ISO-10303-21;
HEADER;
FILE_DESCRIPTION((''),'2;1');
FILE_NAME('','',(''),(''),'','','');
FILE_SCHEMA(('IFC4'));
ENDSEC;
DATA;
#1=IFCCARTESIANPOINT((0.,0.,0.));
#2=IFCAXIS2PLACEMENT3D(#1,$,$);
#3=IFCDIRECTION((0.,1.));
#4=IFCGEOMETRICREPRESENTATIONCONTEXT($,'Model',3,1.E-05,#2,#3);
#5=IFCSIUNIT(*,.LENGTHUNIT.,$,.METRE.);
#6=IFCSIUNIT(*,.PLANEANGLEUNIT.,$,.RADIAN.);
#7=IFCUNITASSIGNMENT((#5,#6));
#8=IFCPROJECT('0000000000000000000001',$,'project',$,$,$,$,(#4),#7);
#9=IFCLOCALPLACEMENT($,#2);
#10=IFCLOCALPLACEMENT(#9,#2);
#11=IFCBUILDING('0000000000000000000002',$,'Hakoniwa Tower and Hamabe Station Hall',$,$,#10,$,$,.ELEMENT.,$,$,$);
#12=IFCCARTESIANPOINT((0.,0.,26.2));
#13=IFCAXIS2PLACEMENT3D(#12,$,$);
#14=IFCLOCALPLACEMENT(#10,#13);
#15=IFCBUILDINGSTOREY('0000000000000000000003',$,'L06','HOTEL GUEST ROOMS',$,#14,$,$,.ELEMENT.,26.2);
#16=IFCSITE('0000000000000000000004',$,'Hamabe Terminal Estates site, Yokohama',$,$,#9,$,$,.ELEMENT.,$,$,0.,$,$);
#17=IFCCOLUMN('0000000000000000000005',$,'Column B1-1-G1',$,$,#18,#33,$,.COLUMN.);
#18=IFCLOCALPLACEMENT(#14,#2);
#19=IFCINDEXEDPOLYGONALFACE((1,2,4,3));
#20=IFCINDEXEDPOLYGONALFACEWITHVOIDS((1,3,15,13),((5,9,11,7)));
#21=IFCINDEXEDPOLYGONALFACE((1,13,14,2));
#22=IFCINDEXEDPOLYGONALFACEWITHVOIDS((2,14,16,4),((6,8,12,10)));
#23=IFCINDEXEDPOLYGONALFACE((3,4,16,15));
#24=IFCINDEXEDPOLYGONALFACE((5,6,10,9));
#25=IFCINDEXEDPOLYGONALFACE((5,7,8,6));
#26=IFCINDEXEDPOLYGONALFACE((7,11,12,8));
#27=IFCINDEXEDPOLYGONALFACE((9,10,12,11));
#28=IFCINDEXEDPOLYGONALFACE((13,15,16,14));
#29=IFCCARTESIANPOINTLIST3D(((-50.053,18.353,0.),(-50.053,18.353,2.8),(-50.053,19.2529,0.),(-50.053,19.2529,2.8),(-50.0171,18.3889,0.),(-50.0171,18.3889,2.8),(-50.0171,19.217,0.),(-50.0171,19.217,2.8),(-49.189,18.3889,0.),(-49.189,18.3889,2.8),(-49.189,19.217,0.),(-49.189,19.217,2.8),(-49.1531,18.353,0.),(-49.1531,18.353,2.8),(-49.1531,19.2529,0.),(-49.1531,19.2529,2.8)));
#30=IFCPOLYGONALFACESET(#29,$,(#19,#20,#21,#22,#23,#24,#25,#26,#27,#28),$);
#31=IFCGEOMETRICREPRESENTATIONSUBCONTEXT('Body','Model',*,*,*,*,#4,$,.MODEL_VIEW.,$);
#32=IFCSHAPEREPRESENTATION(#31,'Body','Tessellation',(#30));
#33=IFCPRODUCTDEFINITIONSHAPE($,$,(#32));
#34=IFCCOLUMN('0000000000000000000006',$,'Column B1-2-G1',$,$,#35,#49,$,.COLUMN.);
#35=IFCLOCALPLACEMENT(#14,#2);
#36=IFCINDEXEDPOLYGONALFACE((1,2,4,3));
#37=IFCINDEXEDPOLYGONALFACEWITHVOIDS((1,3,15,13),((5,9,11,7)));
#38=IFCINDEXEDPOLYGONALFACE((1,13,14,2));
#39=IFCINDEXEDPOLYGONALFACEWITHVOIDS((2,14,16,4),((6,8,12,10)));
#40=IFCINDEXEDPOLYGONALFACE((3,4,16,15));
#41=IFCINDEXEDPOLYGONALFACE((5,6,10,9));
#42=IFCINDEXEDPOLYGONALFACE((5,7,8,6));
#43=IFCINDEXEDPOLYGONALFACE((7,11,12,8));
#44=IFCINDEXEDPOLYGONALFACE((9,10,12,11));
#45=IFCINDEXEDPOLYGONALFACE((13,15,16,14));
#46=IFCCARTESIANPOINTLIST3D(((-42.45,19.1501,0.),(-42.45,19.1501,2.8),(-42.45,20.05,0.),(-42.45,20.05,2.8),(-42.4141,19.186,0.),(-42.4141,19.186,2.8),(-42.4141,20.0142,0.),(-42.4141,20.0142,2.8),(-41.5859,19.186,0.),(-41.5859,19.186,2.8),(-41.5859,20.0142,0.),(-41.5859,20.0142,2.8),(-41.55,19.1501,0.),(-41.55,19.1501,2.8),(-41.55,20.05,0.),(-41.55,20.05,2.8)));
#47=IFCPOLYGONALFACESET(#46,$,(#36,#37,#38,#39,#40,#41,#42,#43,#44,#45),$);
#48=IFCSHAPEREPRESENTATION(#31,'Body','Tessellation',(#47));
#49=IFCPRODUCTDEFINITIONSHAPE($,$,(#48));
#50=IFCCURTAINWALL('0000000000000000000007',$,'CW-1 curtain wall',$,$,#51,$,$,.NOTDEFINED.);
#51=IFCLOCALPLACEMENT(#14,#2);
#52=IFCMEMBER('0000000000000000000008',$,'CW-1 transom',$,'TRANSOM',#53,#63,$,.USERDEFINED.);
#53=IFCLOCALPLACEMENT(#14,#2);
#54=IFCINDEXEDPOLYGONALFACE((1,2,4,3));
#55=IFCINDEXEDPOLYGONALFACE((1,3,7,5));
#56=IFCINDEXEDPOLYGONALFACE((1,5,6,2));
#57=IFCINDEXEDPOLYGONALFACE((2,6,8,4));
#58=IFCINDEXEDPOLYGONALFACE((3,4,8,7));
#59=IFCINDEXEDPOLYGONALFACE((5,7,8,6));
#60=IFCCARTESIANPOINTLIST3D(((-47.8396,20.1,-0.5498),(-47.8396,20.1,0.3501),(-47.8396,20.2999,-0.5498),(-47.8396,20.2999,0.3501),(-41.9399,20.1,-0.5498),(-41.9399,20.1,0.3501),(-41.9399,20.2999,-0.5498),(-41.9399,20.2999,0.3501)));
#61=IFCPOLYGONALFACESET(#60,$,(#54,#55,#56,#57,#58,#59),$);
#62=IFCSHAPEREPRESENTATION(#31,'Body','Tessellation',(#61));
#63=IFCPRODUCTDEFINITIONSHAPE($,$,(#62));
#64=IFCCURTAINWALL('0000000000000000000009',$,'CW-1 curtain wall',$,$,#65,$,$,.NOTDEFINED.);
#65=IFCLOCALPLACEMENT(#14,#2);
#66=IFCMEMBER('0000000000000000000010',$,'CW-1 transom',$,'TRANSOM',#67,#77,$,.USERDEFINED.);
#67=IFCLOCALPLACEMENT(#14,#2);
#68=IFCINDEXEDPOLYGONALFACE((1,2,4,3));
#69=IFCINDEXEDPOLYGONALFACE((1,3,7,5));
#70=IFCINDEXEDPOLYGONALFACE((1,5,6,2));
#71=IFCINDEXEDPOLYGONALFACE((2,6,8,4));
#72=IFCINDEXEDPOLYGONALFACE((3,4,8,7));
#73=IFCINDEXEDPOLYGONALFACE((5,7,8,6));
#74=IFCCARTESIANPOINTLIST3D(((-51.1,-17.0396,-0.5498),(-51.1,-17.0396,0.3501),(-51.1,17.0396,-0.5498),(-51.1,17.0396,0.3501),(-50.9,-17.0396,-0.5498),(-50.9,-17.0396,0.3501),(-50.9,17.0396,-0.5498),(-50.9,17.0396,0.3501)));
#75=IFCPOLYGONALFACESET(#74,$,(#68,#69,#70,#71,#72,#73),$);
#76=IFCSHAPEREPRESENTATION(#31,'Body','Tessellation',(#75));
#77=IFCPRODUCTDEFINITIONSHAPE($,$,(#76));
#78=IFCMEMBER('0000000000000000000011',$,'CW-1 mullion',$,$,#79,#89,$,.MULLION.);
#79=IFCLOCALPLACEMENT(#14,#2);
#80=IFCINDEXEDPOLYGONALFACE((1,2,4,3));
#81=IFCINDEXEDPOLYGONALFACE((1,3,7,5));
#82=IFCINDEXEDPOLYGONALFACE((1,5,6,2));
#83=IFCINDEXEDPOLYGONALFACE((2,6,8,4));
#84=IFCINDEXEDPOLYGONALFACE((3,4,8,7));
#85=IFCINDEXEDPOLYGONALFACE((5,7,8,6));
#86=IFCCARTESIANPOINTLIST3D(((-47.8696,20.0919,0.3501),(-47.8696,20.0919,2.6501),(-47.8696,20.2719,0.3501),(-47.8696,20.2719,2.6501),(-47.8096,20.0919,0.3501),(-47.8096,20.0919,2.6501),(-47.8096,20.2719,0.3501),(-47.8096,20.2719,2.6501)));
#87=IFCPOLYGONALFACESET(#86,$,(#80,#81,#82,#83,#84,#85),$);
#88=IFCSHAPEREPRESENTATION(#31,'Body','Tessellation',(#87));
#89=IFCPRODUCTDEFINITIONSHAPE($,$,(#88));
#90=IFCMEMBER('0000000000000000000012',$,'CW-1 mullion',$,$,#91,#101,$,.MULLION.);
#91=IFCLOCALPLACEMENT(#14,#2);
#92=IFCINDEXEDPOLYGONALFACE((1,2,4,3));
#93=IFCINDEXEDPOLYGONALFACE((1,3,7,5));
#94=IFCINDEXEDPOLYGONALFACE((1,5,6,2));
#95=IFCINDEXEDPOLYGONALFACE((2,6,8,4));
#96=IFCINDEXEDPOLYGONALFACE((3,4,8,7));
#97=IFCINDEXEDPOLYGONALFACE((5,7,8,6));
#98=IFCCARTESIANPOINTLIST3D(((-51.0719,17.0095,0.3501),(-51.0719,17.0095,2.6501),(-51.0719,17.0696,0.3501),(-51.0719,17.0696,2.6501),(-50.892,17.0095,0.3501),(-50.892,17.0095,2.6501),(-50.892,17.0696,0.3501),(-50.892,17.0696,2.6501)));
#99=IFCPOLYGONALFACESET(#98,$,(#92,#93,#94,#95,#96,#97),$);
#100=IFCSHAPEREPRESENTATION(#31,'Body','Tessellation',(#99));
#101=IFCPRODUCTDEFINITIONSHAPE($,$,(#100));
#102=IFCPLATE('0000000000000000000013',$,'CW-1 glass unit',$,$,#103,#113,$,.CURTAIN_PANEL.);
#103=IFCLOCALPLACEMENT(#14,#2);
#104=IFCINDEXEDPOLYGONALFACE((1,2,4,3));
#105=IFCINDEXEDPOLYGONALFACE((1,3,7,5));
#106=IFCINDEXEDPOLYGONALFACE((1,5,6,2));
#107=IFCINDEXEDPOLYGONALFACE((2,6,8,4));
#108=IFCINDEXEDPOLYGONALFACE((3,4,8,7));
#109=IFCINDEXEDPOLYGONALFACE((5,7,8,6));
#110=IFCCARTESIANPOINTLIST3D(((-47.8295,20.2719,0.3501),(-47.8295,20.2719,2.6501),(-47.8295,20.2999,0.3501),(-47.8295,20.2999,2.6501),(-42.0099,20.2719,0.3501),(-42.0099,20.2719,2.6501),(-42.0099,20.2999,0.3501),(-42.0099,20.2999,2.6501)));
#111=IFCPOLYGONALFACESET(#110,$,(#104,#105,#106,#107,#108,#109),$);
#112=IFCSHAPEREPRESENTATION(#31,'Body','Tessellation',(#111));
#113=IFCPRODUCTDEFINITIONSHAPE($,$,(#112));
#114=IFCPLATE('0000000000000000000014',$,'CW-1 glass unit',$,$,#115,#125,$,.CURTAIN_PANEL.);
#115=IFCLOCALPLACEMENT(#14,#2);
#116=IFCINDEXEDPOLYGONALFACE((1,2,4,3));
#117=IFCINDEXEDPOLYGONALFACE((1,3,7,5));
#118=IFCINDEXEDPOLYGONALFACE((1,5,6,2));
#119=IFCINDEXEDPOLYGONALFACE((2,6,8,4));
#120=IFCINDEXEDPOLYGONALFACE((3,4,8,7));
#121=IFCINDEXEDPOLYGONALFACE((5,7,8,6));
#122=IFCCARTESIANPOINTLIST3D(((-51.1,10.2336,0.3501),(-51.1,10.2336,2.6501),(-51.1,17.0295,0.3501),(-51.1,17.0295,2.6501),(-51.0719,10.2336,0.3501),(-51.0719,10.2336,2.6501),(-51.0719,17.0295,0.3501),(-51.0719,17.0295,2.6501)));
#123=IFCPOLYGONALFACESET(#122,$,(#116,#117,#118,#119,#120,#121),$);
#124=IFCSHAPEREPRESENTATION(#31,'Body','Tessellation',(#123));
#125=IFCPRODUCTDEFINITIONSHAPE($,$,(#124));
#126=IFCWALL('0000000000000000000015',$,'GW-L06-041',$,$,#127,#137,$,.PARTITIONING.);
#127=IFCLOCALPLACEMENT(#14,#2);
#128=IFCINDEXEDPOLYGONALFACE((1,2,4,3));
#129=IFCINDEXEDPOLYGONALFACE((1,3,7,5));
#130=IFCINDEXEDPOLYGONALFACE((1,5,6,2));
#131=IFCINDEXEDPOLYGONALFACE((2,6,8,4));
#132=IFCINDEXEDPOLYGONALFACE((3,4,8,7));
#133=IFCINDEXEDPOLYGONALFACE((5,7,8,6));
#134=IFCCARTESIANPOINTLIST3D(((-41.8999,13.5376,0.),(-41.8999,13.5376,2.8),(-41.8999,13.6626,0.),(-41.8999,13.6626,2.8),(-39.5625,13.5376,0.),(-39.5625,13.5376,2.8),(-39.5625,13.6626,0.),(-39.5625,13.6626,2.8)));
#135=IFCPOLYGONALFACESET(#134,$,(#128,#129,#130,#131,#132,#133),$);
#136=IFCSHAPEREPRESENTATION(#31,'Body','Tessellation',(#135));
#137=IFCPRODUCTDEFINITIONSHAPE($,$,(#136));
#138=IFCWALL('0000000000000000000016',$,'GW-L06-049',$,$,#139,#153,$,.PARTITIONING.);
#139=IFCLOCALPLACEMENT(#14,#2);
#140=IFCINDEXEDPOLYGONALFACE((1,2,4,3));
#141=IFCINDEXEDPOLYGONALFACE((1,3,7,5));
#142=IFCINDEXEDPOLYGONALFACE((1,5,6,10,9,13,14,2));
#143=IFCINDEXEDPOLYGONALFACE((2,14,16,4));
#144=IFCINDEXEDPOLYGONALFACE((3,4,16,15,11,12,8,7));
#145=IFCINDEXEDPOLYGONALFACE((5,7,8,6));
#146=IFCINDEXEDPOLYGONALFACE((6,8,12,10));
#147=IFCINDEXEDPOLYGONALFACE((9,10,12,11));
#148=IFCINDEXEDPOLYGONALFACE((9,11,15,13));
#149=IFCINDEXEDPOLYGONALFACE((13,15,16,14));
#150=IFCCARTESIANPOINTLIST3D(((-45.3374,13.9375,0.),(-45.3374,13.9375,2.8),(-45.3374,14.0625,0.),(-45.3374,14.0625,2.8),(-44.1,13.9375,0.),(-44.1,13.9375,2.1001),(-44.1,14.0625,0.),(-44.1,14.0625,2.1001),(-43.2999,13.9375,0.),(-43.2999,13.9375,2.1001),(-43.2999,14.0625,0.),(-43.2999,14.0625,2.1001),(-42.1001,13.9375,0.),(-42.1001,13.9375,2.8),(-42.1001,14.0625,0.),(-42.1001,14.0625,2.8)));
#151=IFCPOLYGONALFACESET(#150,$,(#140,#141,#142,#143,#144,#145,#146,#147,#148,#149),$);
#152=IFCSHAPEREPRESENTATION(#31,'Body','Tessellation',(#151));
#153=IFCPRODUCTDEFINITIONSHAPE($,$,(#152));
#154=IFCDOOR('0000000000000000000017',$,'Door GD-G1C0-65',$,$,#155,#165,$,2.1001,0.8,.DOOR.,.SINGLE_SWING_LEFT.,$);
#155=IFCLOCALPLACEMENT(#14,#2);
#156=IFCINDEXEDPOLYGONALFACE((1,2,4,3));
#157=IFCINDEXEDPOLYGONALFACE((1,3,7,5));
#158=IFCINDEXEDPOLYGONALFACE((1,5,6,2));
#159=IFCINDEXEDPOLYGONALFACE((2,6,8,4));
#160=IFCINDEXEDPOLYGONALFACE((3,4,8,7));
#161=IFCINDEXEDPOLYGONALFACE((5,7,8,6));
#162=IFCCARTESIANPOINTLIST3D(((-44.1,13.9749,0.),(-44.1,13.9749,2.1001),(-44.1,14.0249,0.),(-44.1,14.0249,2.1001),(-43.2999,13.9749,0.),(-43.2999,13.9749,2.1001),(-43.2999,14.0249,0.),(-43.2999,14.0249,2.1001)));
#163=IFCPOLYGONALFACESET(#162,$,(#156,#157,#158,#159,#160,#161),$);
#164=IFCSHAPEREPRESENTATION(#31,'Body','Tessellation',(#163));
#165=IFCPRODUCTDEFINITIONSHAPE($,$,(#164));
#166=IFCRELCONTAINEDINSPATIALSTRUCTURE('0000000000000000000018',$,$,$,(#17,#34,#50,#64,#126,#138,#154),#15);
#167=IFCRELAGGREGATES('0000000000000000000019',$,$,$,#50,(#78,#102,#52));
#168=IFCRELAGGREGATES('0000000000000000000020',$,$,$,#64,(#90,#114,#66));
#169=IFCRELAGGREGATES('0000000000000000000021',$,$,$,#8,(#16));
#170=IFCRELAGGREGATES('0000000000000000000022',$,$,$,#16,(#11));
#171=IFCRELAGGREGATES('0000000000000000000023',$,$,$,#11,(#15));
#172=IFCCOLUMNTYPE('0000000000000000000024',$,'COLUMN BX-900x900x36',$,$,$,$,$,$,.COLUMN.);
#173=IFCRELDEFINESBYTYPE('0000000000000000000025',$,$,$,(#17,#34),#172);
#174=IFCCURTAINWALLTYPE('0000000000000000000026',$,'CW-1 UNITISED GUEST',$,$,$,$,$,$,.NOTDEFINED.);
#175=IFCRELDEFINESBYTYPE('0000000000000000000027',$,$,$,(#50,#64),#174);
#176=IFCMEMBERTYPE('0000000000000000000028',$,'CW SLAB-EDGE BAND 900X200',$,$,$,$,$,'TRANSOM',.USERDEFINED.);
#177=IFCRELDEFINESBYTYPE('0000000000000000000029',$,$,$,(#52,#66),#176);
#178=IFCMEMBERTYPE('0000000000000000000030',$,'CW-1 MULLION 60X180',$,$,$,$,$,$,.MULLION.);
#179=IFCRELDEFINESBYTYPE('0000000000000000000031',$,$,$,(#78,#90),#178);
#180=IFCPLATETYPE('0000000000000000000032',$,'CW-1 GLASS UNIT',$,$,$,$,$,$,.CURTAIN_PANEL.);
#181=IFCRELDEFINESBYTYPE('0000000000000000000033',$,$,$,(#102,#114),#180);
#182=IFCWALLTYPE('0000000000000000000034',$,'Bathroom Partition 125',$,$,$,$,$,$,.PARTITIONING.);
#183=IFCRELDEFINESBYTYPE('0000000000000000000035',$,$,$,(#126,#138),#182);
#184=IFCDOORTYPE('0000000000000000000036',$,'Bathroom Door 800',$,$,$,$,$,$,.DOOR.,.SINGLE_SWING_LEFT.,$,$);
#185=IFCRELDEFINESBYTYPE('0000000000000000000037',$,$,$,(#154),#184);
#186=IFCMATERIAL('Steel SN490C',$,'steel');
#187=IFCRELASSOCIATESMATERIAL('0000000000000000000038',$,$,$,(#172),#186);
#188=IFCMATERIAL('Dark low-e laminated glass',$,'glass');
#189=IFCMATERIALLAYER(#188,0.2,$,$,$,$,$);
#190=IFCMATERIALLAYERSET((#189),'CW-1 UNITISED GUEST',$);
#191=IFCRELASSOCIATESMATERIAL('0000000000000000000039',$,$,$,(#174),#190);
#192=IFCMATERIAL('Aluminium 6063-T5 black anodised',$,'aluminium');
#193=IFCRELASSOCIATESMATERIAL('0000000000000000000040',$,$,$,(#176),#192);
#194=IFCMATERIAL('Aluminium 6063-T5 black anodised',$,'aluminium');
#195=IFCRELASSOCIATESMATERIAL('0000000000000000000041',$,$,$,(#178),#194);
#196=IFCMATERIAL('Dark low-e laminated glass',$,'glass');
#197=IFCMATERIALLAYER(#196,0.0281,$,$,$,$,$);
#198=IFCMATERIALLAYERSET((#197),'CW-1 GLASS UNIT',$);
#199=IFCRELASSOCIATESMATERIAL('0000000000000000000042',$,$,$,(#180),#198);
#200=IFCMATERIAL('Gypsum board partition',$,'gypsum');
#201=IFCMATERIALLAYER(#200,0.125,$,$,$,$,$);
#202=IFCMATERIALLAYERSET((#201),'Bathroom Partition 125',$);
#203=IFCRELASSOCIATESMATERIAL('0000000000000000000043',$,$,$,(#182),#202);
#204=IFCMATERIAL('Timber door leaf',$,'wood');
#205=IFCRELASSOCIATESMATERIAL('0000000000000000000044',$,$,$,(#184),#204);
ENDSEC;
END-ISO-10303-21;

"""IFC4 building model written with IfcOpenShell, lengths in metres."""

from ifc_helpers import new_model, si_unit, direction, frame, frame_2d, origin, origin_2d, place, context, subcontext, project, spatial, rectangle, hollow_rectangle, extrude, material, layer, layer_set, material_profile, profile_set, type_object, element, fill, aggregate, save


model = new_model("IFC4")

# Units and contexts
model_context = context("Model", 3, precision=1e-05, world=origin(), true_north=direction((0.0, 1.0)))
body_context = subcontext(model_context, "Body", "Model", "MODEL_VIEW")
ifc_project = project(units=[si_unit("LENGTHUNIT", "METRE"), si_unit("PLANEANGLEUNIT", "RADIAN")], contexts=[model_context])

# Site, building, storey
site_placement = place(None, origin())
site = spatial("IfcSite", under=ifc_project, at=site_placement, Name="Hamabe Terminal Estates site, Yokohama", CompositionType="ELEMENT", RefElevation=0.0)
building_placement = place(site_placement, origin())
building = spatial("IfcBuilding", under=site, at=building_placement, Name="Hakoniwa Tower and Hamabe Station Hall", CompositionType="ELEMENT")
storey_placement = place(building_placement, frame((0.0, 0.0, 26.2)))
storey = spatial("IfcBuildingStorey", under=building, at=storey_placement, Name="L06", Description="HOTEL GUEST ROOMS", CompositionType="ELEMENT", Elevation=26.2)

# Columns
ifc_material_1 = material(Name="Steel SN490C", Category="steel")
ifc_material_profile_1 = material_profile(ifc_material_1, hollow_rectangle(XDim=0.8999, YDim=0.8999, WallThickness=0.0359, at=origin_2d()), Name="BX-900x900x36")
ifc_profile_set_1 = profile_set([ifc_material_profile_1], Name="Steel SN490C")
column_type = type_object("IfcColumnType", Name="COLUMN BX-900x900x36", PredefinedType="COLUMN", material=ifc_profile_set_1)
for number, where, z_axis, x_axis, name in (
    (1, (-49.603, 18.803, 0.0), (0.0, 0.0, 1.0), (1.0, 0.0, 0.0), "Column B1-1-G1"),
    (2, (-42.0, 19.6001, 0.0), (0.0, 0.0, 1.0), (1.0, 0.0, 0.0), "Column B1-2-G1"),
):
    element("IfcColumn", number, at=place(storey_placement, frame(where, z_axis=z_axis, x_axis=x_axis)), inside=storey, type_object=column_type, Name=name, PredefinedType="COLUMN", context=body_context, shape_type="SweptSolid", body=[
        extrude(hollow_rectangle(XDim=0.8999, YDim=0.8999, WallThickness=0.0359, at=origin_2d()), origin(), (0.0, 0.0, 1.0), 2.8),
    ])

# Curtain walls, members
ifc_material_2 = material(Name="Dark low-e laminated glass", Category="glass")
ifc_layer_1 = layer(ifc_material_2, 0.2)
ifc_layer_set_1 = layer_set([ifc_layer_1], Name="CW-1 UNITISED GUEST")
curtain_wall_type = type_object("IfcCurtainWallType", Name="CW-1 UNITISED GUEST", PredefinedType="NOTDEFINED", material=ifc_layer_set_1)
curtain_wall_1_placement = place(storey_placement, origin())
curtain_wall_1 = element("IfcCurtainWall", 3, at=curtain_wall_1_placement, inside=storey, type_object=curtain_wall_type, Name="CW-1 curtain wall", PredefinedType="NOTDEFINED")
ifc_material_3 = material(Name="Aluminium 6063-T5 black anodised", Category="aluminium")
ifc_material_profile_2 = material_profile(ifc_material_3, rectangle(XDim=0.2, YDim=0.8999, at=origin_2d()), Name="CW SLAB-EDGE BAND 900X200")
ifc_profile_set_2 = profile_set([ifc_material_profile_2], Name="Aluminium 6063-T5 black anodised")
member_type_1 = type_object("IfcMemberType", Name="CW SLAB-EDGE BAND 900X200", ElementType="TRANSOM", PredefinedType="USERDEFINED", material=ifc_profile_set_2)
member_1_placement = place(storey_placement, frame((-41.9399, 20.2, -0.0999), z_axis=(-1.0, 0.0, 0.0), x_axis=(0.0, -1.0, 0.0)))
member_1 = element("IfcMember", 4, at=member_1_placement, type_object=member_type_1, Name="CW-1 transom", ObjectType="TRANSOM", PredefinedType="USERDEFINED", context=body_context, shape_type="SweptSolid", body=[
    extrude(rectangle(XDim=0.2, YDim=0.8999, at=origin_2d()), origin(), (0.0, 0.0, 1.0), 5.8997),
])
curtain_wall_2_placement = place(storey_placement, origin())
curtain_wall_2 = element("IfcCurtainWall", 5, at=curtain_wall_2_placement, inside=storey, type_object=curtain_wall_type, Name="CW-1 curtain wall", PredefinedType="NOTDEFINED")
member_2_placement = place(storey_placement, frame((-51.0, 17.0396, -0.0999), z_axis=(0.0, -1.0, 0.0), x_axis=(1.0, 0.0, 0.0)))
member_2 = element("IfcMember", 6, at=member_2_placement, type_object=member_type_1, Name="CW-1 transom", ObjectType="TRANSOM", PredefinedType="USERDEFINED", context=body_context, shape_type="SweptSolid", body=[
    extrude(rectangle(XDim=0.2, YDim=0.8999, at=origin_2d()), origin(), (0.0, 0.0, 1.0), 34.0791),
])

# Members
ifc_material_4 = material(Name="Aluminium 6063-T5 black anodised", Category="aluminium")
ifc_material_profile_3 = material_profile(ifc_material_4, rectangle(XDim=0.0601, YDim=0.1799, at=origin_2d()), Name="CW-1 MULLION 60X180")
ifc_profile_set_3 = profile_set([ifc_material_profile_3], Name="Aluminium 6063-T5 black anodised")
member_type_2 = type_object("IfcMemberType", Name="CW-1 MULLION 60X180", PredefinedType="MULLION", material=ifc_profile_set_3)
member_3_placement = place(storey_placement, frame((-47.8396, 20.1819, 0.3501), z_axis=(0.0, 0.0, 1.0), x_axis=(-1.0, 0.0, 0.0)))
member_3 = element("IfcMember", 7, at=member_3_placement, type_object=member_type_2, Name="CW-1 mullion", PredefinedType="MULLION", context=body_context, shape_type="SweptSolid", body=[
    extrude(rectangle(XDim=0.0601, YDim=0.1799, at=origin_2d()), origin(), (0.0, 0.0, 1.0), 2.3),
])
member_4_placement = place(storey_placement, frame((-50.9819, 17.0396, 0.3501), z_axis=(0.0, 0.0, 1.0), x_axis=(0.0, -1.0, 0.0)))
member_4 = element("IfcMember", 8, at=member_4_placement, type_object=member_type_2, Name="CW-1 mullion", PredefinedType="MULLION", context=body_context, shape_type="SweptSolid", body=[
    extrude(rectangle(XDim=0.0601, YDim=0.1799, at=origin_2d()), origin(), (0.0, 0.0, 1.0), 2.3),
])

# Plates
ifc_material_5 = material(Name="Dark low-e laminated glass", Category="glass")
ifc_layer_2 = layer(ifc_material_5, 0.0281)
ifc_layer_set_2 = layer_set([ifc_layer_2], Name="CW-1 GLASS UNIT")
plate_type = type_object("IfcPlateType", Name="CW-1 GLASS UNIT", PredefinedType="CURTAIN_PANEL", material=ifc_layer_set_2)
plate_1_placement = place(storey_placement, frame((-44.9197, 20.2859, 0.3501), z_axis=(0.0, 0.0, 1.0), x_axis=(-1.0, 0.0, 0.0)))
plate_1 = element("IfcPlate", 9, at=plate_1_placement, type_object=plate_type, Name="CW-1 glass unit", PredefinedType="CURTAIN_PANEL", context=body_context, shape_type="SweptSolid", body=[
    extrude(rectangle(XDim=5.8196, YDim=0.0281, at=origin_2d()), origin(), (0.0, 0.0, 1.0), 2.3),
])
aggregate(curtain_wall_1, [member_3, plate_1, member_1])
plate_2_placement = place(storey_placement, frame((-51.0859, 13.6316, 0.3501), z_axis=(0.0, 0.0, 1.0), x_axis=(0.0, -1.0, 0.0)))
plate_2 = element("IfcPlate", 10, at=plate_2_placement, type_object=plate_type, Name="CW-1 glass unit", PredefinedType="CURTAIN_PANEL", context=body_context, shape_type="SweptSolid", body=[
    extrude(rectangle(XDim=6.7959, YDim=0.0281, at=origin_2d()), origin(), (0.0, 0.0, 1.0), 2.3),
])
aggregate(curtain_wall_2, [member_4, plate_2, member_2])

# Wall
ifc_material_6 = material(Name="Gypsum board partition", Category="gypsum")
ifc_layer_3 = layer(ifc_material_6, 0.125)
ifc_layer_set_3 = layer_set([ifc_layer_3], Name="Bathroom Partition 125")
wall_type = type_object("IfcWallType", Name="Bathroom Partition 125", PredefinedType="PARTITIONING", material=ifc_layer_set_3)
wall_1_placement = place(storey_placement, frame((-41.8999, 13.6001, 0.0), z_axis=(0.0, 0.0, 1.0), x_axis=(1.0, 0.0, 0.0)))
element("IfcWall", 11, at=wall_1_placement, inside=storey, type_object=wall_type, Name="GW-L06-041", PredefinedType="PARTITIONING", context=body_context, shape_type="SweptSolid", body=[
    extrude(rectangle(XDim=2.3374, YDim=0.125, at=frame_2d((1.1687, 0.0))), origin(), (0.0, 0.0, 1.0), 2.8),
])

# Wall, opening, door
wall_2_placement = place(storey_placement, frame((-45.3374, 14.0, 0.0), z_axis=(0.0, 0.0, 1.0), x_axis=(1.0, 0.0, 0.0)))
wall_2 = element("IfcWall", 12, at=wall_2_placement, inside=storey, type_object=wall_type, Name="GW-L06-049", PredefinedType="PARTITIONING", context=body_context, shape_type="SweptSolid", body=[
    extrude(rectangle(XDim=3.2373, YDim=0.125, at=frame_2d((1.6187, 0.0))), origin(), (0.0, 0.0, 1.0), 2.8),
])
opening_placement = place(wall_2_placement, frame((1.2375, 0.0, 0.0)))
opening = element("IfcOpeningElement", 13, at=opening_placement, cuts=wall_2, PredefinedType="OPENING", context=body_context, shape_type="SweptSolid", body=[
    extrude(rectangle(XDim=0.8, YDim=2.1001, at=frame_2d((0.3999, 1.05))), frame((0.0, 0.0725, 0.0), z_axis=(0.0, -1.0, 0.0), x_axis=(1.0, 0.0, 0.0)), (0.0, 0.0, 1.0), 0.145),
])
ifc_material_7 = material(Name="Timber door leaf", Category="wood")
door_type = type_object("IfcDoorType", Name="Bathroom Door 800", OperationType="SINGLE_SWING_LEFT", PredefinedType="DOOR", material=ifc_material_7)
door_placement = place(opening_placement, origin())
door = element("IfcDoor", 14, at=door_placement, inside=storey, type_object=door_type, Name="Door GD-G1C0-65", OperationType="SINGLE_SWING_LEFT", OverallHeight=2.1001, OverallWidth=0.8, PredefinedType="DOOR", context=body_context, shape_type="SweptSolid", body=[
    extrude(rectangle(XDim=0.8, YDim=2.1001, at=frame_2d((0.3999, 1.05))), frame((0.0, 0.0249, 0.0), z_axis=(0.0, -1.0, 0.0), x_axis=(1.0, 0.0, 0.0)), (0.0, 0.0, 1.0), 0.05),
])
fill(opening, door)

save(model, "model.ifc")
